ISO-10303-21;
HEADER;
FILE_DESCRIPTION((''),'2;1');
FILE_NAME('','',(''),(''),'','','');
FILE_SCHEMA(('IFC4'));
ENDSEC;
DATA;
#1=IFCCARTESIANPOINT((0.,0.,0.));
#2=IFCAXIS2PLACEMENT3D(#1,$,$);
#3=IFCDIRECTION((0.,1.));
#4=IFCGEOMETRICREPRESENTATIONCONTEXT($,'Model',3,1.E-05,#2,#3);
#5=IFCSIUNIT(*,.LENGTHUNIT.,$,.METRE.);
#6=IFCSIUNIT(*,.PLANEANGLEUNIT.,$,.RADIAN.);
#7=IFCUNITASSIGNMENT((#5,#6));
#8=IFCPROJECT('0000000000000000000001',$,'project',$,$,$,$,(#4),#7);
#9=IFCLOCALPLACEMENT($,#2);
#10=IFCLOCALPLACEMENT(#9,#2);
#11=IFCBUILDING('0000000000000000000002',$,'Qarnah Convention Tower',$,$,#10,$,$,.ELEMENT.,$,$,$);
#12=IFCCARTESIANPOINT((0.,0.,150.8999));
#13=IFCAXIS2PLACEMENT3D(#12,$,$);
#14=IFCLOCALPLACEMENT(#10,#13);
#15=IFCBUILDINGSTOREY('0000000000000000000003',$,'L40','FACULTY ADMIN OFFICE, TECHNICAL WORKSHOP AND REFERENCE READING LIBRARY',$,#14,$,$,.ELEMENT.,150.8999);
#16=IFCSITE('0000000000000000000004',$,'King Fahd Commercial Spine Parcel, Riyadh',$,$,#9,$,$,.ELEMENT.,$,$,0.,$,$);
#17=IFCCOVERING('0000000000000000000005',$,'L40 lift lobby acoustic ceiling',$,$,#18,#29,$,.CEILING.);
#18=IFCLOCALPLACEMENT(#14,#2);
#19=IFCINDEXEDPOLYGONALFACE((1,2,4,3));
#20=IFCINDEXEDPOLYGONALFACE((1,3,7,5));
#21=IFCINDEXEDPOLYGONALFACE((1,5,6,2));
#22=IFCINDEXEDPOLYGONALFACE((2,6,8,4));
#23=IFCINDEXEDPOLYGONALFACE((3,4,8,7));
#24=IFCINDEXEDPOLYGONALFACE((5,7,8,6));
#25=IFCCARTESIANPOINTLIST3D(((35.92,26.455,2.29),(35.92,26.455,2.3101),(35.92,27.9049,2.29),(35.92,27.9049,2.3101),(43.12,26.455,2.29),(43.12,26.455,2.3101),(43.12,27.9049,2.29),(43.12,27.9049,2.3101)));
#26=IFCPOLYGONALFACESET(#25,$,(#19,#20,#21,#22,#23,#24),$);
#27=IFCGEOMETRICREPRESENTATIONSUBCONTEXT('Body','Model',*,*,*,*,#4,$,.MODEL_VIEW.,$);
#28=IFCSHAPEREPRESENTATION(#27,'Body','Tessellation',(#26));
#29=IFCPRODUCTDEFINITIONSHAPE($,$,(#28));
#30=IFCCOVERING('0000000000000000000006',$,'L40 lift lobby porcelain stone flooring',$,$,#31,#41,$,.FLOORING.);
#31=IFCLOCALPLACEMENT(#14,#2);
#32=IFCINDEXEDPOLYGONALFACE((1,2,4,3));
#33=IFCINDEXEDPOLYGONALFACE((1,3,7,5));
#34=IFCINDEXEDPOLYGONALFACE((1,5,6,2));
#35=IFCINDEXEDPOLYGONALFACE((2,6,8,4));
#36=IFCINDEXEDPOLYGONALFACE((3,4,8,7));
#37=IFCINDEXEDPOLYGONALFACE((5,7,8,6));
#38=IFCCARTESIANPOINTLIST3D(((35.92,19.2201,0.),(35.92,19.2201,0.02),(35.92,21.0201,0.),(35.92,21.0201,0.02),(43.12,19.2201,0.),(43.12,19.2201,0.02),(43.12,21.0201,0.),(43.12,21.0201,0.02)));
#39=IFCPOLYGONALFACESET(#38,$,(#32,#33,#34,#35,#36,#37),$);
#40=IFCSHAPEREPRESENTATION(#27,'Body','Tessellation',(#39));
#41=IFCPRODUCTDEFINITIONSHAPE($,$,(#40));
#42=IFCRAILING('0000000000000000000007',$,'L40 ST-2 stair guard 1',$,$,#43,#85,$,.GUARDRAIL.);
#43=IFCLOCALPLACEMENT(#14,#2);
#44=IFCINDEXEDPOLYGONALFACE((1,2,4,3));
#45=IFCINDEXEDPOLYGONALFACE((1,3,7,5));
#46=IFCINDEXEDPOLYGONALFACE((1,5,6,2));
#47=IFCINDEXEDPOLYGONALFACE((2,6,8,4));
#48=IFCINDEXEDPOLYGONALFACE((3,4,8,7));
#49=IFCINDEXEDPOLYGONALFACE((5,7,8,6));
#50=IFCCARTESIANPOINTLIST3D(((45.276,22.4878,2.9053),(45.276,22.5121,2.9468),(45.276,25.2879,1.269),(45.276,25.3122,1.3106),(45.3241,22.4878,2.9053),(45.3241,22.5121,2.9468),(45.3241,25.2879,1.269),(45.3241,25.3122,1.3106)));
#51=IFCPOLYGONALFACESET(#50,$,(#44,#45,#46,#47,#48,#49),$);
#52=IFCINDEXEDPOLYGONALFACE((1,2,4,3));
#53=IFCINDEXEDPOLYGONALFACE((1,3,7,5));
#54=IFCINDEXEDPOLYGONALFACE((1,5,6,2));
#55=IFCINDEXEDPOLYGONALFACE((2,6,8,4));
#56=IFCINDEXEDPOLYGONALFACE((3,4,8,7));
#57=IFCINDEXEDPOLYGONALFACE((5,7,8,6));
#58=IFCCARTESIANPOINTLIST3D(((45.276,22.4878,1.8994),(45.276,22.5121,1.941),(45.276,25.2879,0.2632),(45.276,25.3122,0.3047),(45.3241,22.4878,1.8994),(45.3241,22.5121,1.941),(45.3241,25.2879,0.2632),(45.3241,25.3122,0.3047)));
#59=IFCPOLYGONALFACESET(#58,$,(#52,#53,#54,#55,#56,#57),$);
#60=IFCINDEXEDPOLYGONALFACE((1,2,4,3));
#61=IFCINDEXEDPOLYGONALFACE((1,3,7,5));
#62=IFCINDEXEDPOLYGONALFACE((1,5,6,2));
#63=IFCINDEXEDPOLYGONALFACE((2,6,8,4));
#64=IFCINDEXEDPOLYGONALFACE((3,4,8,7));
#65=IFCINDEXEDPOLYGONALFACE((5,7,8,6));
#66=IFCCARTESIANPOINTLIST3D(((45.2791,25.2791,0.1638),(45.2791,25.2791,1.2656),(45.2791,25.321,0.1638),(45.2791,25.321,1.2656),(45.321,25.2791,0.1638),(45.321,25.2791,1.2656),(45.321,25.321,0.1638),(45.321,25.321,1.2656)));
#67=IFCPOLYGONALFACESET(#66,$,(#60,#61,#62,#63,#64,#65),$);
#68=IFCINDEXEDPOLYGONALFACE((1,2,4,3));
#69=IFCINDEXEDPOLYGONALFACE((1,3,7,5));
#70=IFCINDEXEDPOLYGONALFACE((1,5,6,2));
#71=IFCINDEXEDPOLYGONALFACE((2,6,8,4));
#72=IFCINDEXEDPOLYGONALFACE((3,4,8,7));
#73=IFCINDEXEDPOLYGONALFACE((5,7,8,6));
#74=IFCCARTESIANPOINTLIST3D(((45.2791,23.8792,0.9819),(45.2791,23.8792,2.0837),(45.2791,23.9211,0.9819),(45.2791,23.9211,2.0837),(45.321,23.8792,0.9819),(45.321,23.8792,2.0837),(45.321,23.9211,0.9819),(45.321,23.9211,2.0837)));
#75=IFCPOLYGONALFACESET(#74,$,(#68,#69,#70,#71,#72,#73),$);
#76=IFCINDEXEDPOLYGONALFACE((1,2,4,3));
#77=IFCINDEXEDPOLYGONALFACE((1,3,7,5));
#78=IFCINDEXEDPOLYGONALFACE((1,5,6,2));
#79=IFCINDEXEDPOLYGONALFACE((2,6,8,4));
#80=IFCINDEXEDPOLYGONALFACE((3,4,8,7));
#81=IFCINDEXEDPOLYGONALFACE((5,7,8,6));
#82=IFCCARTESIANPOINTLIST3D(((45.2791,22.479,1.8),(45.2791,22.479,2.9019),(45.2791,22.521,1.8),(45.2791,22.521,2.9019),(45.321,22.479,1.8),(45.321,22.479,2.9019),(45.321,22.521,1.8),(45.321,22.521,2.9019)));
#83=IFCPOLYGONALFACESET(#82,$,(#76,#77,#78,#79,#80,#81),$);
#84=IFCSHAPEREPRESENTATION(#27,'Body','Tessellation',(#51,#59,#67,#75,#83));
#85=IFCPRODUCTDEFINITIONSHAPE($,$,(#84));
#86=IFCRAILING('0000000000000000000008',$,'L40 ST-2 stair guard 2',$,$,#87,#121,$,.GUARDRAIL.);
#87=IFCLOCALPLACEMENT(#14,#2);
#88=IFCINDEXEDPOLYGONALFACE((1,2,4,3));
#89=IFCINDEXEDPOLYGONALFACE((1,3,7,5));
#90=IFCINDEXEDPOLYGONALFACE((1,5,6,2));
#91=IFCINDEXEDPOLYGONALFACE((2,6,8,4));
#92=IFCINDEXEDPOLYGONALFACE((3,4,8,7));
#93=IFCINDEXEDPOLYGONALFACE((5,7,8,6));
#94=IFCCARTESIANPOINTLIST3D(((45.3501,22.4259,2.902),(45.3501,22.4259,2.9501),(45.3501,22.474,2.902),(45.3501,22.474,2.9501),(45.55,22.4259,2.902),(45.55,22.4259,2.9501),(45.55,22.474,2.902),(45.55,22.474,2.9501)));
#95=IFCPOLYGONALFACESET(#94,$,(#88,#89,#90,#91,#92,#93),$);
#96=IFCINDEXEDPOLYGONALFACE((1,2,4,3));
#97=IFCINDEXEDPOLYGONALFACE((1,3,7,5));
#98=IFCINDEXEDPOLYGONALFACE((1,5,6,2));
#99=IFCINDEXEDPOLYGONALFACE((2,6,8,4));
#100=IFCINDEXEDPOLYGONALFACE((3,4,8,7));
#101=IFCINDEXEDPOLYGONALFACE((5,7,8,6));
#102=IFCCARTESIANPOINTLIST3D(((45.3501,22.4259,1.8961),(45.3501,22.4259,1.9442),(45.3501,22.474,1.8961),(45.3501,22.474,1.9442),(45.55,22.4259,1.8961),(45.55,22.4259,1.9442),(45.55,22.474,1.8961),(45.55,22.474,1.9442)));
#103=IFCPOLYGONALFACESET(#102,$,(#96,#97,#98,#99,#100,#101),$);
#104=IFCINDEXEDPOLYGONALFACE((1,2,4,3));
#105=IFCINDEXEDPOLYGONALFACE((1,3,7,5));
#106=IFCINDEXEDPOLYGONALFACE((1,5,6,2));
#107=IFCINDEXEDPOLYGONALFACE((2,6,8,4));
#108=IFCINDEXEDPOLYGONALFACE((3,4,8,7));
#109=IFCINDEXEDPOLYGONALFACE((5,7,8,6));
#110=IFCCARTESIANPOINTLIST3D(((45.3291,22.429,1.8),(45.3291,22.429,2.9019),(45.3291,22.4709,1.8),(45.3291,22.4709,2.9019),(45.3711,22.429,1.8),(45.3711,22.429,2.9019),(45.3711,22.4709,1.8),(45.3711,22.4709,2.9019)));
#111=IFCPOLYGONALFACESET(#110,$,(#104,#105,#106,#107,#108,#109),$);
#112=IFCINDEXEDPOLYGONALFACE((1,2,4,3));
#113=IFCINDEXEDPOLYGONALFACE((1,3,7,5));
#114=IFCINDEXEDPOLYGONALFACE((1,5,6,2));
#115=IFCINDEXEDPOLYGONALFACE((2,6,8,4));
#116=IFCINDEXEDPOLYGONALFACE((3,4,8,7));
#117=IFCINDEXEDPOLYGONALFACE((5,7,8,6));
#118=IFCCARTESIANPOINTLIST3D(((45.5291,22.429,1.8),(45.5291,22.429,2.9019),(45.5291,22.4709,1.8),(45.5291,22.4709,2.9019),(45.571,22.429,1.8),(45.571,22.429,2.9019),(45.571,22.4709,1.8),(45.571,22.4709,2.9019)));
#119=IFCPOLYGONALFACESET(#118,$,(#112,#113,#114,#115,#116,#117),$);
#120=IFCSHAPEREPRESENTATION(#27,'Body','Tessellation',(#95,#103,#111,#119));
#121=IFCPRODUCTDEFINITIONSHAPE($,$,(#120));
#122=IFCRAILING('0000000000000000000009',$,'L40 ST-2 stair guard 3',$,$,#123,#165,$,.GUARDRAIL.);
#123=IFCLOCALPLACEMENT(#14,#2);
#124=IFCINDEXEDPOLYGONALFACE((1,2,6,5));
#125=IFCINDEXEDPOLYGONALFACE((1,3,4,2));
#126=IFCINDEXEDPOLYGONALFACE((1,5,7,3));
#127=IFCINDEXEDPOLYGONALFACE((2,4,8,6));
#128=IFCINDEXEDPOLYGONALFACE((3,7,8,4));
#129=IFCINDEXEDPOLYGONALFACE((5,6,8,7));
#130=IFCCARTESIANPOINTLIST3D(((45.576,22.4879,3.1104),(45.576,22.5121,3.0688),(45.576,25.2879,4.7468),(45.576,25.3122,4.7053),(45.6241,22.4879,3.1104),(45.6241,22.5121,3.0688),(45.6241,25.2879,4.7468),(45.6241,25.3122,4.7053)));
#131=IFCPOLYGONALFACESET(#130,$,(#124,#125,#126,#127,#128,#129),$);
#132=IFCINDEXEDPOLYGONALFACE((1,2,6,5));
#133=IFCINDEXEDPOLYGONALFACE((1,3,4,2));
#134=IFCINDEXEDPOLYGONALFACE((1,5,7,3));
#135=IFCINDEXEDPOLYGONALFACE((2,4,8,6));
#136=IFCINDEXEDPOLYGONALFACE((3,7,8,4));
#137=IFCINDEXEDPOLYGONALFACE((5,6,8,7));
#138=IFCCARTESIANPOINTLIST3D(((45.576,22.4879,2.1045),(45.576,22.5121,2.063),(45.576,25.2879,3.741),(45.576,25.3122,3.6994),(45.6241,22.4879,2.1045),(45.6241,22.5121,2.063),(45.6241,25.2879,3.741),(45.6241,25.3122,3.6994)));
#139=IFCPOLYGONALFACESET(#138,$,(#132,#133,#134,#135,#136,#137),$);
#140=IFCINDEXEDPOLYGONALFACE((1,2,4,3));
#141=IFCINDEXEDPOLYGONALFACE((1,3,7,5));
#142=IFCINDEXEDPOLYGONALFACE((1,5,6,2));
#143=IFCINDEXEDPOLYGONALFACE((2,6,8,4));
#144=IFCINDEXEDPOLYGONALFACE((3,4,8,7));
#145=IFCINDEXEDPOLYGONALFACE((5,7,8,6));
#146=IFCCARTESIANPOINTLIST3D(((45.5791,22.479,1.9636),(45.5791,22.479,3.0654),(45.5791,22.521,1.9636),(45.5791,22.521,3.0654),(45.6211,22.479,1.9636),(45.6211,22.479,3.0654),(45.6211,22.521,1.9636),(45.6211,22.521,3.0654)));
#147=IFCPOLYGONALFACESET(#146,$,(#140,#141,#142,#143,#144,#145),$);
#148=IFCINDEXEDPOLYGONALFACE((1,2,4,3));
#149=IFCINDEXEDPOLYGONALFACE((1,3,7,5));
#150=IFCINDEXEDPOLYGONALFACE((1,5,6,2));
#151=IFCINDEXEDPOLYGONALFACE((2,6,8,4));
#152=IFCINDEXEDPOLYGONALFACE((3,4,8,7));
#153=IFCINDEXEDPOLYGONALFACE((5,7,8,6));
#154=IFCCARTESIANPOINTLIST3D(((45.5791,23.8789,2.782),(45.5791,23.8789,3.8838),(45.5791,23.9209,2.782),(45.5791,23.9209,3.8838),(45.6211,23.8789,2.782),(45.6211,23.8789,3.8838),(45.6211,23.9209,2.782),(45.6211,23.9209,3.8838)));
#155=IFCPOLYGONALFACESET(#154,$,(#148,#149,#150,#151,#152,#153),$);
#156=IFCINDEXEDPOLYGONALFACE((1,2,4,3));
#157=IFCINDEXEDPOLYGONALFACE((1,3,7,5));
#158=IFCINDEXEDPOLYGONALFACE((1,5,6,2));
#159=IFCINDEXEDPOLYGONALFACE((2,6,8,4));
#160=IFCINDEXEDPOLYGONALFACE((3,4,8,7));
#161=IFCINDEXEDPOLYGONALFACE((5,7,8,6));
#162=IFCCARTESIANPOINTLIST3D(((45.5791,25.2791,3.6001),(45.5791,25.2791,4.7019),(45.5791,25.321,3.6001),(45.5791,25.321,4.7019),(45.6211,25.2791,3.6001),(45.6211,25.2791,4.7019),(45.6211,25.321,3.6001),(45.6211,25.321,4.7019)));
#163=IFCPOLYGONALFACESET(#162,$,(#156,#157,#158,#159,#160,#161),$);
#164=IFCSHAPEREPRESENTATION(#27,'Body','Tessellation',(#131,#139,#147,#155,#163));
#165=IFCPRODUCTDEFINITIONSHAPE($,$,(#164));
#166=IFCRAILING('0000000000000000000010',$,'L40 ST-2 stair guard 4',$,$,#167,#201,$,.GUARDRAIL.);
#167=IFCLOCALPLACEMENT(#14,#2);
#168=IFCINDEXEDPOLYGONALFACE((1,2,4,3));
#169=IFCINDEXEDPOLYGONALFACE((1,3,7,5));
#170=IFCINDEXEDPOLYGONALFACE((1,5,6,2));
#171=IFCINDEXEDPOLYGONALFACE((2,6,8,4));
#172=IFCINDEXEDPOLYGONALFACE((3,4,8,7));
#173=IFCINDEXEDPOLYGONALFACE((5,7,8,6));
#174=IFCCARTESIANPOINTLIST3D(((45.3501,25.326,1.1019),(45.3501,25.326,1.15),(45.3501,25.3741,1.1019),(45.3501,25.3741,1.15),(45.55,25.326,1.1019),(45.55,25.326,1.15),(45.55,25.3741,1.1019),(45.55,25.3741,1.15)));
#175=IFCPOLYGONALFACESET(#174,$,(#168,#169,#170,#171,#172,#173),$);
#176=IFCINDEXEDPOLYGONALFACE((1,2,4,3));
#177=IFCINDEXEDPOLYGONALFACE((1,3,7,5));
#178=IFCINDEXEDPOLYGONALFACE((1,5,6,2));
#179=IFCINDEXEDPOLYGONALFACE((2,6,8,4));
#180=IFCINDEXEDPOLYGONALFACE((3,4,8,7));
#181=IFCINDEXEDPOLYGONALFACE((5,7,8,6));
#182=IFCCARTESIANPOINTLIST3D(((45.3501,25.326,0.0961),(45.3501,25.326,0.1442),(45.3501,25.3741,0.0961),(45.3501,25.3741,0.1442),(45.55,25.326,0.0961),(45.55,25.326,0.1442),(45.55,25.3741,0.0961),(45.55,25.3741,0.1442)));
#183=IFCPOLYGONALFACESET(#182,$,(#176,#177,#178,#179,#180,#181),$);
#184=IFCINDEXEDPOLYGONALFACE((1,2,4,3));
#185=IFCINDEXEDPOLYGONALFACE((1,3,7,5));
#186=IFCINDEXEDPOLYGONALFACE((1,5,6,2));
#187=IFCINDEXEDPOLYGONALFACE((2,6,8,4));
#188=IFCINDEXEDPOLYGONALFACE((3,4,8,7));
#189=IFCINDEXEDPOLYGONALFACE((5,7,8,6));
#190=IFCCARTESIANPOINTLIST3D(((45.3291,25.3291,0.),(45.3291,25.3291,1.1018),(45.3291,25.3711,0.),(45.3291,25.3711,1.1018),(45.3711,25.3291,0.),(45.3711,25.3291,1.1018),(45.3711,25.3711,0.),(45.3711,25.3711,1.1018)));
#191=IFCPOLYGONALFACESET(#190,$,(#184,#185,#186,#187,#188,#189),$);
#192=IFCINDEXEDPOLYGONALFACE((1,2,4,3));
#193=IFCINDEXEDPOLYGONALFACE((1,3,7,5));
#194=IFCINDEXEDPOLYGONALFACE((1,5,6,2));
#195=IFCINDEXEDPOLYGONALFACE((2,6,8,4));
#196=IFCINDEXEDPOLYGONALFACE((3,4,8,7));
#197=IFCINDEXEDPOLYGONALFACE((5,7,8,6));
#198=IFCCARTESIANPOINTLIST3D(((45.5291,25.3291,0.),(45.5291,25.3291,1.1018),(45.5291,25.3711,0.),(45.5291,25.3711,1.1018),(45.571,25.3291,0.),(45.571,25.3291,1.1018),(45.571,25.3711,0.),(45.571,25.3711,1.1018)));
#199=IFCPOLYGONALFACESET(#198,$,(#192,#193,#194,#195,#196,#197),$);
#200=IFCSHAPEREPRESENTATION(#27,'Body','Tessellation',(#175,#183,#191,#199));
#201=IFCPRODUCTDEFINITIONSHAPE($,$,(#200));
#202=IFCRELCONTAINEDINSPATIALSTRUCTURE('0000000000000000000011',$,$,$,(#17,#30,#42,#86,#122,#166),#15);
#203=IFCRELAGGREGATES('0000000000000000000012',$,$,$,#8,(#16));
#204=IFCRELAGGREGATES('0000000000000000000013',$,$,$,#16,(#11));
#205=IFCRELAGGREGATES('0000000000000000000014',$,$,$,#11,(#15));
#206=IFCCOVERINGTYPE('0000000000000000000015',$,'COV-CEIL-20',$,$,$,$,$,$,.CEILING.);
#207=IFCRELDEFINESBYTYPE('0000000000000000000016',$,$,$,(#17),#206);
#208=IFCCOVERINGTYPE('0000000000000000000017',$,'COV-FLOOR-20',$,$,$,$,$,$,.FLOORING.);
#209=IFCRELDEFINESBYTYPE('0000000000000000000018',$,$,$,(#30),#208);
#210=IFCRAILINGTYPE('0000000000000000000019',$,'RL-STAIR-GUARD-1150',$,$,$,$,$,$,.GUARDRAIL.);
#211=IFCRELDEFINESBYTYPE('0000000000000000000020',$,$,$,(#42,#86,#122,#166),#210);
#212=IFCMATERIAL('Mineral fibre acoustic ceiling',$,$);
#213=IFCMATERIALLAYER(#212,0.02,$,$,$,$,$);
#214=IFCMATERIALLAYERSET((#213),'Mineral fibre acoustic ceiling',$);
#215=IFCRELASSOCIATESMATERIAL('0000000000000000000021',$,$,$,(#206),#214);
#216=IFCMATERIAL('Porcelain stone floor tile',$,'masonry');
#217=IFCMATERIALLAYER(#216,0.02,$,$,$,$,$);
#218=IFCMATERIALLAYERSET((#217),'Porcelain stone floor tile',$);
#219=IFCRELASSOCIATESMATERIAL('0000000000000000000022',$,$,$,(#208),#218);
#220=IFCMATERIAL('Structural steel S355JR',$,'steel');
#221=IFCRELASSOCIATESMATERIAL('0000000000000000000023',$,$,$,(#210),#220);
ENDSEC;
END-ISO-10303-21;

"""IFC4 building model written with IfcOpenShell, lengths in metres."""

from ifc_helpers import new_model, si_unit, direction, frame, origin, origin_2d, place, context, subcontext, project, spatial, rectangle, extrude, material, layer, layer_set, type_object, element, save


model = new_model("IFC4")

# Units and contexts
model_context = context("Model", 3, precision=1e-05, world=origin(), true_north=direction((0.0, 1.0)))
body_context = subcontext(model_context, "Body", "Model", "MODEL_VIEW")
ifc_project = project(units=[si_unit("LENGTHUNIT", "METRE"), si_unit("PLANEANGLEUNIT", "RADIAN")], contexts=[model_context])

# Site, building, storey
site_placement = place(None, origin())
site = spatial("IfcSite", under=ifc_project, at=site_placement, Name="King Fahd Commercial Spine Parcel, Riyadh", CompositionType="ELEMENT", RefElevation=0.0)
building_placement = place(site_placement, origin())
building = spatial("IfcBuilding", under=site, at=building_placement, Name="Qarnah Convention Tower", CompositionType="ELEMENT")
storey_placement = place(building_placement, frame((0.0, 0.0, 150.8999)))
storey = spatial("IfcBuildingStorey", under=building, at=storey_placement, Name="L40", Description="FACULTY ADMIN OFFICE, TECHNICAL WORKSHOP AND REFERENCE READING LIBRARY", CompositionType="ELEMENT", Elevation=150.8999)

# Shared definitions
ifc_material_1 = material(Name="Structural steel S355JR", Category="steel")

# Coverings
ifc_material_2 = material(Name="Mineral fibre acoustic ceiling")
ifc_layer_1 = layer(ifc_material_2, 0.02)
ifc_layer_set_1 = layer_set([ifc_layer_1], Name="Mineral fibre acoustic ceiling")
covering_type_1 = type_object("IfcCoveringType", Name="COV-CEIL-20", PredefinedType="CEILING", material=ifc_layer_set_1)
covering_1_placement = place(storey_placement, frame((39.52, 27.1799, 2.29), z_axis=(0.0, 0.0, 1.0), x_axis=(1.0, 0.0, 0.0)))
element("IfcCovering", 1, at=covering_1_placement, inside=storey, type_object=covering_type_1, Name="L40 lift lobby acoustic ceiling", PredefinedType="CEILING", context=body_context, shape_type="SweptSolid", body=[
    extrude(rectangle(XDim=7.2, YDim=1.45, at=origin_2d()), origin(), (0.0, 0.0, 1.0), 0.02),
])
ifc_material_3 = material(Name="Porcelain stone floor tile", Category="masonry")
ifc_layer_2 = layer(ifc_material_3, 0.02)
ifc_layer_set_2 = layer_set([ifc_layer_2], Name="Porcelain stone floor tile")
covering_type_2 = type_object("IfcCoveringType", Name="COV-FLOOR-20", PredefinedType="FLOORING", material=ifc_layer_set_2)
covering_2_placement = place(storey_placement, frame((39.52, 20.1201, 0.0), z_axis=(0.0, 0.0, 1.0), x_axis=(1.0, 0.0, 0.0)))
element("IfcCovering", 2, at=covering_2_placement, inside=storey, type_object=covering_type_2, Name="L40 lift lobby porcelain stone flooring", PredefinedType="FLOORING", context=body_context, shape_type="SweptSolid", body=[
    extrude(rectangle(XDim=7.2, YDim=1.8, at=origin_2d()), origin(), (0.0, 0.0, 1.0), 0.02),
])

# Railings
railing_type_1 = type_object("IfcRailingType", Name="RL-STAIR-GUARD-1150", PredefinedType="GUARDRAIL", material=ifc_material_1)
railing_1_placement = place(storey_placement, frame((45.3, 25.3, 0.1638)))
element("IfcRailing", 3, at=railing_1_placement, inside=storey, type_object=railing_type_1, Name="L40 ST-2 stair guard 1", PredefinedType="GUARDRAIL", context=body_context, shape_type="SweptSolid", body=[
    extrude(rectangle(XDim=0.0481, YDim=0.0481, at=origin_2d()), frame((0.0, 0.0, 1.126), z_axis=(0.0, -0.863394, 0.504531), x_axis=(1.0, 0.0, 0.0)), (0.0, 0.0, 1.0), 3.2432),
    extrude(rectangle(XDim=0.0481, YDim=0.0481, at=origin_2d()), frame((0.0, 0.0, 0.1201), z_axis=(0.0, -0.863394, 0.504531), x_axis=(1.0, 0.0, 0.0)), (0.0, 0.0, 1.0), 3.2432),
    extrude(rectangle(XDim=0.042, YDim=0.042, at=origin_2d()), origin(), (0.0, 0.0, 1.0), 1.1018),
    extrude(rectangle(XDim=0.042, YDim=0.042, at=origin_2d()), frame((0.0, -1.3999, 0.8181)), (0.0, 0.0, 1.0), 1.1018),
    extrude(rectangle(XDim=0.042, YDim=0.042, at=origin_2d()), frame((0.0, -2.8, 1.6362)), (0.0, 0.0, 1.0), 1.1018),
])
railing_2_placement = place(storey_placement, frame((45.3501, 22.45, 1.8)))
element("IfcRailing", 4, at=railing_2_placement, inside=storey, type_object=railing_type_1, Name="L40 ST-2 stair guard 2", PredefinedType="GUARDRAIL", context=body_context, shape_type="SweptSolid", body=[
    extrude(rectangle(XDim=0.0481, YDim=0.0481, at=origin_2d()), frame((0.0, 0.0, 1.126), z_axis=(1.0, 0.0, 0.0), x_axis=(0.0, 1.0, 0.0)), (0.0, 0.0, 1.0), 0.2),
    extrude(rectangle(XDim=0.0481, YDim=0.0481, at=origin_2d()), frame((0.0, 0.0, 0.1201), z_axis=(1.0, 0.0, 0.0), x_axis=(0.0, 1.0, 0.0)), (0.0, 0.0, 1.0), 0.2),
    extrude(rectangle(XDim=0.042, YDim=0.042, at=origin_2d()), origin(), (0.0, 0.0, 1.0), 1.1018),
    extrude(rectangle(XDim=0.042, YDim=0.042, at=origin_2d()), frame((0.2, 0.0, 0.0)), (0.0, 0.0, 1.0), 1.1018),
])
railing_3_placement = place(storey_placement, frame((45.6001, 22.5, 1.9636)))
element("IfcRailing", 5, at=railing_3_placement, inside=storey, type_object=railing_type_1, Name="L40 ST-2 stair guard 3", PredefinedType="GUARDRAIL", context=body_context, shape_type="SweptSolid", body=[
    extrude(rectangle(XDim=0.0481, YDim=0.0481, at=origin_2d()), frame((0.0, 0.0, 1.126), z_axis=(0.0, 0.863361, 0.504587), x_axis=(-1.0, 0.0, 0.0)), (0.0, 0.0, 1.0), 3.2432),
    extrude(rectangle(XDim=0.0481, YDim=0.0481, at=origin_2d()), frame((0.0, 0.0, 0.1201), z_axis=(0.0, 0.863361, 0.504587), x_axis=(-1.0, 0.0, 0.0)), (0.0, 0.0, 1.0), 3.2432),
    extrude(rectangle(XDim=0.042, YDim=0.042, at=origin_2d()), origin(), (0.0, 0.0, 1.0), 1.1018),
    extrude(rectangle(XDim=0.042, YDim=0.042, at=origin_2d()), frame((0.0, 1.3999, 0.8184)), (0.0, 0.0, 1.0), 1.1018),
    extrude(rectangle(XDim=0.042, YDim=0.042, at=origin_2d()), frame((0.0, 2.8, 1.6365)), (0.0, 0.0, 1.0), 1.1018),
])
railing_4_placement = place(storey_placement, frame((45.3501, 25.3501, 0.0)))
element("IfcRailing", 6, at=railing_4_placement, inside=storey, type_object=railing_type_1, Name="L40 ST-2 stair guard 4", PredefinedType="GUARDRAIL", context=body_context, shape_type="SweptSolid", body=[
    extrude(rectangle(XDim=0.0481, YDim=0.0481, at=origin_2d()), frame((0.0, 0.0, 1.126), z_axis=(1.0, 0.0, 0.0), x_axis=(0.0, 1.0, 0.0)), (0.0, 0.0, 1.0), 0.2),
    extrude(rectangle(XDim=0.0481, YDim=0.0481, at=origin_2d()), frame((0.0, 0.0, 0.1201), z_axis=(1.0, 0.0, 0.0), x_axis=(0.0, 1.0, 0.0)), (0.0, 0.0, 1.0), 0.2),
    extrude(rectangle(XDim=0.042, YDim=0.042, at=origin_2d()), origin(), (0.0, 0.0, 1.0), 1.1018),
    extrude(rectangle(XDim=0.042, YDim=0.042, at=origin_2d()), frame((0.2, 0.0, 0.0)), (0.0, 0.0, 1.0), 1.1018),
])

save(model, "model.ifc")
